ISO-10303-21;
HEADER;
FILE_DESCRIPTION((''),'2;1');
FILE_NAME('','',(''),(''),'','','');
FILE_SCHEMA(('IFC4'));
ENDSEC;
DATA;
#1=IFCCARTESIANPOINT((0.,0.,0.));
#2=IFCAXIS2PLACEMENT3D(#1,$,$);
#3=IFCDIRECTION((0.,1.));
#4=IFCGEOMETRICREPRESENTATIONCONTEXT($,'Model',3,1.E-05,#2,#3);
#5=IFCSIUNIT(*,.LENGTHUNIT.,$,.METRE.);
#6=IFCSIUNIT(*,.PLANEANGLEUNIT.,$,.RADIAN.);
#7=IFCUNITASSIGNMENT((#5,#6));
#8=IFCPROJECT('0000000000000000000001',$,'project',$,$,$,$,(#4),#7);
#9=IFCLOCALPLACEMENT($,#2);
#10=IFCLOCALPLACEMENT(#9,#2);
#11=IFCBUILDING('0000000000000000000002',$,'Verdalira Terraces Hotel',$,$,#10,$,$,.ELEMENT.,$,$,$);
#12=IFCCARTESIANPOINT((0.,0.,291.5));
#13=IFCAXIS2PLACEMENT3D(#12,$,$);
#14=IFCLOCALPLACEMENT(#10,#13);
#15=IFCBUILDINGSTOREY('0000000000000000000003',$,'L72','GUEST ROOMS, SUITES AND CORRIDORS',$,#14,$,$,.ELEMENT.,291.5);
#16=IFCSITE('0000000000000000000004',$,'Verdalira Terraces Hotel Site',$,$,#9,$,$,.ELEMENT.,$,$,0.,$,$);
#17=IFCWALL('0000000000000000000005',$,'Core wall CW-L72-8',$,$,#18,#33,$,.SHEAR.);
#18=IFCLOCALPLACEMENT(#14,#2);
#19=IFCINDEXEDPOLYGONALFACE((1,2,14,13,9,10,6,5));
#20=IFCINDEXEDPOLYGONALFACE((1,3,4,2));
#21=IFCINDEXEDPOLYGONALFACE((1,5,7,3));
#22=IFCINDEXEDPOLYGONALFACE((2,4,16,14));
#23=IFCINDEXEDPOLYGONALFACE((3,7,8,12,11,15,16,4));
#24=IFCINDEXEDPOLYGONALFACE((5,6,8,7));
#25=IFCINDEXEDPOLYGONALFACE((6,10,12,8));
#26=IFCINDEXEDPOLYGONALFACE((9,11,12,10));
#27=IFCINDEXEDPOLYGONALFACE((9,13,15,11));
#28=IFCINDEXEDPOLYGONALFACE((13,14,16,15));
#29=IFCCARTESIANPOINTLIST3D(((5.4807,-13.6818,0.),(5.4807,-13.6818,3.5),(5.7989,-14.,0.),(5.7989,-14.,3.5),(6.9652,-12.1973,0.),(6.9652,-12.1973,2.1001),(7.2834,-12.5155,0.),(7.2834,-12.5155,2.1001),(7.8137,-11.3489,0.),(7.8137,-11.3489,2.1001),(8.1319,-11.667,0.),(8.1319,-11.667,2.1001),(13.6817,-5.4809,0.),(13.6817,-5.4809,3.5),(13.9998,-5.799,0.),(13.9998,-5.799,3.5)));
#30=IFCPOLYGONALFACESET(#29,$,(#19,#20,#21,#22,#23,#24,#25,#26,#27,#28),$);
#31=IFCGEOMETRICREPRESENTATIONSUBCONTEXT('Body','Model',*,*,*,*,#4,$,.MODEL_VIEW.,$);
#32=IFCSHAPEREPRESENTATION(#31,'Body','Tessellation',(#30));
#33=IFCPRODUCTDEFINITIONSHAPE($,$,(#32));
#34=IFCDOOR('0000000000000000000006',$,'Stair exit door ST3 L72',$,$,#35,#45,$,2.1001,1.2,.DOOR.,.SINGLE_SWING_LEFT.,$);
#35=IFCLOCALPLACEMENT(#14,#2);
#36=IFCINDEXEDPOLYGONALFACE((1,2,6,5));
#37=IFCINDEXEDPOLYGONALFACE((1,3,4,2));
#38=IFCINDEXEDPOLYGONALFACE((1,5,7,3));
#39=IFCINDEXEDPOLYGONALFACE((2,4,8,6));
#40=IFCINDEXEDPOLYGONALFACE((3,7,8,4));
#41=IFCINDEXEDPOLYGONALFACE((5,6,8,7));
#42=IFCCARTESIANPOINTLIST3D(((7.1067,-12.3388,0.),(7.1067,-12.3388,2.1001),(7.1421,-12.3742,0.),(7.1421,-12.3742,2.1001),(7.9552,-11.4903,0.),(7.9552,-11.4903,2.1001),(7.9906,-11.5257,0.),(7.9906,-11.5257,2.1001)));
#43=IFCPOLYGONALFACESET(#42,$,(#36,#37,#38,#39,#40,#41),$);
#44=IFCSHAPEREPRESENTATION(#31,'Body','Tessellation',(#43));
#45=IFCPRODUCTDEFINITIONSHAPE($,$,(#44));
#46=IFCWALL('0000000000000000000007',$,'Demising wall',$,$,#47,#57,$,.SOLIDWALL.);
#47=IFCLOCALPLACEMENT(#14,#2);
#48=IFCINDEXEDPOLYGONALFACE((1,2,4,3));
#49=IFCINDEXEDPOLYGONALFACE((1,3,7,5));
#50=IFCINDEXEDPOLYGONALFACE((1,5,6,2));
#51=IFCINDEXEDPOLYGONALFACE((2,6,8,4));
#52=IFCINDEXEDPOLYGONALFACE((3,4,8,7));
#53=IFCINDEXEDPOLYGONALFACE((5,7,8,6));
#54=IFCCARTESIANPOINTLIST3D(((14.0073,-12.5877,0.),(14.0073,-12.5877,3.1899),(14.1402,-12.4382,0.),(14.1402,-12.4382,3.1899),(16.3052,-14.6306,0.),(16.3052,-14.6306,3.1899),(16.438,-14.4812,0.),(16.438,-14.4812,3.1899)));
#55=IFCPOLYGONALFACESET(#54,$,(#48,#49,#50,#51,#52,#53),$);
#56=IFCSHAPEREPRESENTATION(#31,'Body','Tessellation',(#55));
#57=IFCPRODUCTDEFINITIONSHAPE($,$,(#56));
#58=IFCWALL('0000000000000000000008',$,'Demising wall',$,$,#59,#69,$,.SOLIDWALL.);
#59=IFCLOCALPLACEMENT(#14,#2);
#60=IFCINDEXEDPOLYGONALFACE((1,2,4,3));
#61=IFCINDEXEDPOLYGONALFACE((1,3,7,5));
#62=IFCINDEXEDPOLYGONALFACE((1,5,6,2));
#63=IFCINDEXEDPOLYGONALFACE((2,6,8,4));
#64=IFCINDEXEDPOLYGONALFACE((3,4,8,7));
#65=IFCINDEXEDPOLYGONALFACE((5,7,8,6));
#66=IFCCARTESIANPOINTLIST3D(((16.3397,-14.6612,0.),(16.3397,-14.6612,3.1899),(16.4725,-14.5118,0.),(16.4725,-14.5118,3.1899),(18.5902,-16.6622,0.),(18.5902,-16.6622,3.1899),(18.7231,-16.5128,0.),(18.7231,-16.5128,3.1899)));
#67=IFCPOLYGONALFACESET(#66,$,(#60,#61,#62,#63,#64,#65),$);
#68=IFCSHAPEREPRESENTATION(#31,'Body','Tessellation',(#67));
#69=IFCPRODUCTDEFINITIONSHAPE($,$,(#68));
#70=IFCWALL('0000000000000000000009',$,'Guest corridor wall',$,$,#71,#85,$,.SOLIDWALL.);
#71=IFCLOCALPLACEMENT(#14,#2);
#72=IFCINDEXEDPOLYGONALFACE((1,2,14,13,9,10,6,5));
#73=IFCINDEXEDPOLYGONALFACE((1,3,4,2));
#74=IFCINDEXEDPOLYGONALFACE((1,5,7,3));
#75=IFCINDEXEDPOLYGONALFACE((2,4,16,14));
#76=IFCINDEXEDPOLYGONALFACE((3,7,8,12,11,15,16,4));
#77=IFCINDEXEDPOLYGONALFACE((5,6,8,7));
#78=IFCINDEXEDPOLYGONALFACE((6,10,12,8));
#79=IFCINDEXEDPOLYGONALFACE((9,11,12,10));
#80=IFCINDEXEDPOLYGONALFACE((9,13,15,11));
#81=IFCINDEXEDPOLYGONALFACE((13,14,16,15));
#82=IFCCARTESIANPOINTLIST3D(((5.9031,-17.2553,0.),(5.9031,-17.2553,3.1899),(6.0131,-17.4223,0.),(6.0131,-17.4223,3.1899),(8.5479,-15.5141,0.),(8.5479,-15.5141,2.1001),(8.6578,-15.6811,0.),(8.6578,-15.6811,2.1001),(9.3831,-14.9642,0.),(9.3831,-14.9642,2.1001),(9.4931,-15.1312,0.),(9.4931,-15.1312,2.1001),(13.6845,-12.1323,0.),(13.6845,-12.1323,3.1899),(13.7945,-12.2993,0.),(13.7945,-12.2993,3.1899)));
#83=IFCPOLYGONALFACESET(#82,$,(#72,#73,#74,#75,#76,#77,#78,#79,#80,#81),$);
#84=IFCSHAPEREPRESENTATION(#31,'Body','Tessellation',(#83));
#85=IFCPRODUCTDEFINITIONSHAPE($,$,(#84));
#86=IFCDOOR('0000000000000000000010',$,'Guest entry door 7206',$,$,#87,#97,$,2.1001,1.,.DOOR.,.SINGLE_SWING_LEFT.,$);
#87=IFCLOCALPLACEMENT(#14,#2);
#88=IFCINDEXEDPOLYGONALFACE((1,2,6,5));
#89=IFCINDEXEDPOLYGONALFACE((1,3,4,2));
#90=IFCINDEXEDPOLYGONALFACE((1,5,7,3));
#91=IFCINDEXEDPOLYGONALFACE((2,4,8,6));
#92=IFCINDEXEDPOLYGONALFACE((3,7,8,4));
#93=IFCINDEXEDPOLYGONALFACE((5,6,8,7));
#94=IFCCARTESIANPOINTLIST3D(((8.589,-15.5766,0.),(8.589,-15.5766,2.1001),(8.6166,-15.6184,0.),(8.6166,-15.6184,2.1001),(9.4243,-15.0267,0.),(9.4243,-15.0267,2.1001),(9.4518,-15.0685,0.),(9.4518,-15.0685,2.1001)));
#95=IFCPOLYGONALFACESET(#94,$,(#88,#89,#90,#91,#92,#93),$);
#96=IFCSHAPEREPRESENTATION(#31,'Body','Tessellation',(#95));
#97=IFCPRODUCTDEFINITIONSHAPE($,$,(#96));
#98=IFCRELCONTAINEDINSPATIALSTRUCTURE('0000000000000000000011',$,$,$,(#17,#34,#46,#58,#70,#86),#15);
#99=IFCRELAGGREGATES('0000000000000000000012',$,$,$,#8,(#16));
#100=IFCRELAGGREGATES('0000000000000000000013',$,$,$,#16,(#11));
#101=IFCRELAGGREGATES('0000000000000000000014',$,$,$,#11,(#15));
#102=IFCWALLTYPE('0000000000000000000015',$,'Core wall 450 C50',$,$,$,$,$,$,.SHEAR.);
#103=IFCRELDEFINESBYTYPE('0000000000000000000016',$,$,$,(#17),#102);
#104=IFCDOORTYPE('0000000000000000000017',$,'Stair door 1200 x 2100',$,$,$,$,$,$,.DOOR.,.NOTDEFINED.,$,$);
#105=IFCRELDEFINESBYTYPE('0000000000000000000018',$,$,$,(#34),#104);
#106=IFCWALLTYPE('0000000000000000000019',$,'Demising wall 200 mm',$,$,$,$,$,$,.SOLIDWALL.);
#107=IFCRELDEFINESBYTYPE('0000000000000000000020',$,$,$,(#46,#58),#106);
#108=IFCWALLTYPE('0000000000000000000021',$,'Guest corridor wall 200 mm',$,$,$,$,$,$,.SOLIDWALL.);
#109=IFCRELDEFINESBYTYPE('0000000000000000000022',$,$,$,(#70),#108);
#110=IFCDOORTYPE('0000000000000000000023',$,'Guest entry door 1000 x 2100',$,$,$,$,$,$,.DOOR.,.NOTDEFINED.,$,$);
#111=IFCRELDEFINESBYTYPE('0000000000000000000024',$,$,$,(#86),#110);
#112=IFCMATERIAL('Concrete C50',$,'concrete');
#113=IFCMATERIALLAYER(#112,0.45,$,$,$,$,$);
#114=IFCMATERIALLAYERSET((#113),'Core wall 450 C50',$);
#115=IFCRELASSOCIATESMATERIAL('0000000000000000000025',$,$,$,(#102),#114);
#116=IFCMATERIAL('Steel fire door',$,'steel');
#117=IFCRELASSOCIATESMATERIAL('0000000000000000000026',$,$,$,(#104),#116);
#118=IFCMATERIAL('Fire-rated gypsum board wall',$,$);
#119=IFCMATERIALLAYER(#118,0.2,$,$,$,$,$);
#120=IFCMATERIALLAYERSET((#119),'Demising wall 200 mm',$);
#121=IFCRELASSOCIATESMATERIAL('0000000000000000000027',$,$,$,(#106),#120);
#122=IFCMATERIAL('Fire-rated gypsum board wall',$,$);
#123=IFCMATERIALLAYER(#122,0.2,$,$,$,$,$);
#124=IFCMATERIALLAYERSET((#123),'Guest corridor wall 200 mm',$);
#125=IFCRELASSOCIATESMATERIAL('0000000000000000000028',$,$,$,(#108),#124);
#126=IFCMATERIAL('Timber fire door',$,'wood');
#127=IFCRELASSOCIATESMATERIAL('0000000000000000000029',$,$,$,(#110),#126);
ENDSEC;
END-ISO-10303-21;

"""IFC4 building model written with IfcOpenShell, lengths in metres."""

from ifc_helpers import new_model, si_unit, direction, frame, frame_2d, origin, place, context, subcontext, project, spatial, rectangle, extrude, material, layer, layer_set, type_object, element, fill, save


model = new_model("IFC4")

# Units and contexts
model_context = context("Model", 3, precision=1e-05, world=origin(), true_north=direction((0.0, 1.0)))
body_context = subcontext(model_context, "Body", "Model", "MODEL_VIEW")
ifc_project = project(units=[si_unit("LENGTHUNIT", "METRE"), si_unit("PLANEANGLEUNIT", "RADIAN")], contexts=[model_context])

# Site, building, storey
site_placement = place(None, origin())
site = spatial("IfcSite", under=ifc_project, at=site_placement, Name="Verdalira Terraces Hotel Site", CompositionType="ELEMENT", RefElevation=0.0)
building_placement = place(site_placement, origin())
building = spatial("IfcBuilding", under=site, at=building_placement, Name="Verdalira Terraces Hotel", CompositionType="ELEMENT")
storey_placement = place(building_placement, frame((0.0, 0.0, 291.5)))
storey = spatial("IfcBuildingStorey", under=building, at=storey_placement, Name="L72", Description="GUEST ROOMS, SUITES AND CORRIDORS", CompositionType="ELEMENT", Elevation=291.5)

# Wall, opening, door
ifc_material_1 = material(Name="Concrete C50", Category="concrete")
ifc_layer_1 = layer(ifc_material_1, 0.45)
ifc_layer_set_1 = layer_set([ifc_layer_1], Name="Core wall 450 C50")
wall_type_1 = type_object("IfcWallType", Name="Core wall 450 C50", PredefinedType="SHEAR", material=ifc_layer_set_1)
wall_1_placement = place(storey_placement, frame((5.6399, -13.8408, 0.0), z_axis=(0.0, 0.0, 1.0), x_axis=(0.707107, 0.707107, 0.0)))
wall_1 = element("IfcWall", 1, at=wall_1_placement, inside=storey, type_object=wall_type_1, Name="Core wall CW-L72-8", PredefinedType="SHEAR", context=body_context, shape_type="SweptSolid", body=[
    extrude(rectangle(XDim=11.5979, YDim=0.45, at=frame_2d((5.7988, 0.0))), origin(), (0.0, 0.0, 1.0), 3.5),
])
opening_1_placement = place(wall_1_placement, frame((2.0991, 0.0, 0.0)))
opening_1 = element("IfcOpeningElement", 2, at=opening_1_placement, cuts=wall_1, PredefinedType="OPENING", context=body_context, shape_type="SweptSolid", body=[
    extrude(rectangle(XDim=1.2, YDim=2.1001, at=frame_2d((0.6001, 1.05))), frame((0.0, 0.2349, 0.0), z_axis=(0.0, -1.0, 0.0), x_axis=(1.0, 0.0, 0.0)), (0.0, 0.0, 1.0), 0.47),
])
ifc_material_2 = material(Name="Steel fire door", Category="steel")
door_type_1 = type_object("IfcDoorType", Name="Stair door 1200 x 2100", OperationType="NOTDEFINED", PredefinedType="DOOR", material=ifc_material_2)
door_1_placement = place(opening_1_placement, origin())
door_1 = element("IfcDoor", 3, at=door_1_placement, inside=storey, type_object=door_type_1, Name="Stair exit door ST3 L72", OperationType="SINGLE_SWING_LEFT", OverallHeight=2.1001, OverallWidth=1.2, PredefinedType="DOOR", context=body_context, shape_type="SweptSolid", body=[
    extrude(rectangle(XDim=1.2, YDim=2.1001, at=frame_2d((0.6001, 1.05))), frame((0.0, 0.0249, 0.0), z_axis=(0.0, -1.0, 0.0), x_axis=(1.0, 0.0, 0.0)), (0.0, 0.0, 1.0), 0.05),
])
fill(opening_1, door_1)

# Walls
ifc_material_3 = material(Name="Fire-rated gypsum board wall")
ifc_layer_2 = layer(ifc_material_3, 0.2)
ifc_layer_set_2 = layer_set([ifc_layer_2], Name="Demising wall 200 mm")
wall_type_2 = type_object("IfcWallType", Name="Demising wall 200 mm", PredefinedType="SOLIDWALL", material=ifc_layer_set_2)
wall_2_placement = place(storey_placement, frame((14.0737, -12.5129, 0.0), z_axis=(0.0, 0.0, 1.0), x_axis=(0.747339, -0.664443, 0.0)))
element("IfcWall", 4, at=wall_2_placement, inside=storey, type_object=wall_type_2, Name="Demising wall", PredefinedType="SOLIDWALL", context=body_context, shape_type="SweptSolid", body=[
    extrude(rectangle(XDim=3.0747, YDim=0.2, at=frame_2d((1.5374, 0.0))), origin(), (0.0, 0.0, 1.0), 3.1899),
])
wall_3_placement = place(storey_placement, frame((16.406, -14.5864, 0.0), z_axis=(0.0, 0.0, 1.0), x_axis=(0.74732, -0.664464, 0.0)))
element("IfcWall", 5, at=wall_3_placement, inside=storey, type_object=wall_type_2, Name="Demising wall", PredefinedType="SOLIDWALL", context=body_context, shape_type="SweptSolid", body=[
    extrude(rectangle(XDim=3.0115, YDim=0.2, at=frame_2d((1.5059, 0.0))), origin(), (0.0, 0.0, 1.0), 3.1899),
])

# Wall, opening, door
ifc_material_4 = material(Name="Fire-rated gypsum board wall")
ifc_layer_3 = layer(ifc_material_4, 0.2)
ifc_layer_set_3 = layer_set([ifc_layer_3], Name="Guest corridor wall 200 mm")
wall_type_3 = type_object("IfcWallType", Name="Guest corridor wall 200 mm", PredefinedType="SOLIDWALL", material=ifc_layer_set_3)
wall_4_placement = place(storey_placement, frame((13.7395, -12.2158, 0.0), z_axis=(0.0, 0.0, 1.0), x_axis=(-0.835238, -0.549889, 0.0)))
wall_4 = element("IfcWall", 6, at=wall_4_placement, inside=storey, type_object=wall_type_3, Name="Guest corridor wall", PredefinedType="SOLIDWALL", context=body_context, shape_type="SweptSolid", body=[
    extrude(rectangle(XDim=9.3164, YDim=0.2, at=frame_2d((4.6582, 0.0))), origin(), (0.0, 0.0, 1.0), 3.1899),
])
opening_2_placement = place(wall_4_placement, frame((5.1499, 0.0, 0.0)))
opening_2 = element("IfcOpeningElement", 7, at=opening_2_placement, cuts=wall_4, PredefinedType="OPENING", context=body_context, shape_type="SweptSolid", body=[
    extrude(rectangle(XDim=1.0, YDim=2.1001, at=frame_2d((0.5, 1.05))), frame((0.0, 0.1099, 0.0), z_axis=(0.0, -1.0, 0.0), x_axis=(1.0, 0.0, 0.0)), (0.0, 0.0, 1.0), 0.22),
])
ifc_material_5 = material(Name="Timber fire door", Category="wood")
door_type_2 = type_object("IfcDoorType", Name="Guest entry door 1000 x 2100", OperationType="NOTDEFINED", PredefinedType="DOOR", material=ifc_material_5)
door_2_placement = place(opening_2_placement, origin())
door_2 = element("IfcDoor", 8, at=door_2_placement, inside=storey, type_object=door_type_2, Name="Guest entry door 7206", OperationType="SINGLE_SWING_LEFT", OverallHeight=2.1001, OverallWidth=1.0, PredefinedType="DOOR", context=body_context, shape_type="SweptSolid", body=[
    extrude(rectangle(XDim=1.0, YDim=2.1001, at=frame_2d((0.5, 1.05))), frame((0.0, 0.0249, 0.0), z_axis=(0.0, -1.0, 0.0), x_axis=(1.0, 0.0, 0.0)), (0.0, 0.0, 1.0), 0.05),
])
fill(opening_2, door_2)

save(model, "model.ifc")
